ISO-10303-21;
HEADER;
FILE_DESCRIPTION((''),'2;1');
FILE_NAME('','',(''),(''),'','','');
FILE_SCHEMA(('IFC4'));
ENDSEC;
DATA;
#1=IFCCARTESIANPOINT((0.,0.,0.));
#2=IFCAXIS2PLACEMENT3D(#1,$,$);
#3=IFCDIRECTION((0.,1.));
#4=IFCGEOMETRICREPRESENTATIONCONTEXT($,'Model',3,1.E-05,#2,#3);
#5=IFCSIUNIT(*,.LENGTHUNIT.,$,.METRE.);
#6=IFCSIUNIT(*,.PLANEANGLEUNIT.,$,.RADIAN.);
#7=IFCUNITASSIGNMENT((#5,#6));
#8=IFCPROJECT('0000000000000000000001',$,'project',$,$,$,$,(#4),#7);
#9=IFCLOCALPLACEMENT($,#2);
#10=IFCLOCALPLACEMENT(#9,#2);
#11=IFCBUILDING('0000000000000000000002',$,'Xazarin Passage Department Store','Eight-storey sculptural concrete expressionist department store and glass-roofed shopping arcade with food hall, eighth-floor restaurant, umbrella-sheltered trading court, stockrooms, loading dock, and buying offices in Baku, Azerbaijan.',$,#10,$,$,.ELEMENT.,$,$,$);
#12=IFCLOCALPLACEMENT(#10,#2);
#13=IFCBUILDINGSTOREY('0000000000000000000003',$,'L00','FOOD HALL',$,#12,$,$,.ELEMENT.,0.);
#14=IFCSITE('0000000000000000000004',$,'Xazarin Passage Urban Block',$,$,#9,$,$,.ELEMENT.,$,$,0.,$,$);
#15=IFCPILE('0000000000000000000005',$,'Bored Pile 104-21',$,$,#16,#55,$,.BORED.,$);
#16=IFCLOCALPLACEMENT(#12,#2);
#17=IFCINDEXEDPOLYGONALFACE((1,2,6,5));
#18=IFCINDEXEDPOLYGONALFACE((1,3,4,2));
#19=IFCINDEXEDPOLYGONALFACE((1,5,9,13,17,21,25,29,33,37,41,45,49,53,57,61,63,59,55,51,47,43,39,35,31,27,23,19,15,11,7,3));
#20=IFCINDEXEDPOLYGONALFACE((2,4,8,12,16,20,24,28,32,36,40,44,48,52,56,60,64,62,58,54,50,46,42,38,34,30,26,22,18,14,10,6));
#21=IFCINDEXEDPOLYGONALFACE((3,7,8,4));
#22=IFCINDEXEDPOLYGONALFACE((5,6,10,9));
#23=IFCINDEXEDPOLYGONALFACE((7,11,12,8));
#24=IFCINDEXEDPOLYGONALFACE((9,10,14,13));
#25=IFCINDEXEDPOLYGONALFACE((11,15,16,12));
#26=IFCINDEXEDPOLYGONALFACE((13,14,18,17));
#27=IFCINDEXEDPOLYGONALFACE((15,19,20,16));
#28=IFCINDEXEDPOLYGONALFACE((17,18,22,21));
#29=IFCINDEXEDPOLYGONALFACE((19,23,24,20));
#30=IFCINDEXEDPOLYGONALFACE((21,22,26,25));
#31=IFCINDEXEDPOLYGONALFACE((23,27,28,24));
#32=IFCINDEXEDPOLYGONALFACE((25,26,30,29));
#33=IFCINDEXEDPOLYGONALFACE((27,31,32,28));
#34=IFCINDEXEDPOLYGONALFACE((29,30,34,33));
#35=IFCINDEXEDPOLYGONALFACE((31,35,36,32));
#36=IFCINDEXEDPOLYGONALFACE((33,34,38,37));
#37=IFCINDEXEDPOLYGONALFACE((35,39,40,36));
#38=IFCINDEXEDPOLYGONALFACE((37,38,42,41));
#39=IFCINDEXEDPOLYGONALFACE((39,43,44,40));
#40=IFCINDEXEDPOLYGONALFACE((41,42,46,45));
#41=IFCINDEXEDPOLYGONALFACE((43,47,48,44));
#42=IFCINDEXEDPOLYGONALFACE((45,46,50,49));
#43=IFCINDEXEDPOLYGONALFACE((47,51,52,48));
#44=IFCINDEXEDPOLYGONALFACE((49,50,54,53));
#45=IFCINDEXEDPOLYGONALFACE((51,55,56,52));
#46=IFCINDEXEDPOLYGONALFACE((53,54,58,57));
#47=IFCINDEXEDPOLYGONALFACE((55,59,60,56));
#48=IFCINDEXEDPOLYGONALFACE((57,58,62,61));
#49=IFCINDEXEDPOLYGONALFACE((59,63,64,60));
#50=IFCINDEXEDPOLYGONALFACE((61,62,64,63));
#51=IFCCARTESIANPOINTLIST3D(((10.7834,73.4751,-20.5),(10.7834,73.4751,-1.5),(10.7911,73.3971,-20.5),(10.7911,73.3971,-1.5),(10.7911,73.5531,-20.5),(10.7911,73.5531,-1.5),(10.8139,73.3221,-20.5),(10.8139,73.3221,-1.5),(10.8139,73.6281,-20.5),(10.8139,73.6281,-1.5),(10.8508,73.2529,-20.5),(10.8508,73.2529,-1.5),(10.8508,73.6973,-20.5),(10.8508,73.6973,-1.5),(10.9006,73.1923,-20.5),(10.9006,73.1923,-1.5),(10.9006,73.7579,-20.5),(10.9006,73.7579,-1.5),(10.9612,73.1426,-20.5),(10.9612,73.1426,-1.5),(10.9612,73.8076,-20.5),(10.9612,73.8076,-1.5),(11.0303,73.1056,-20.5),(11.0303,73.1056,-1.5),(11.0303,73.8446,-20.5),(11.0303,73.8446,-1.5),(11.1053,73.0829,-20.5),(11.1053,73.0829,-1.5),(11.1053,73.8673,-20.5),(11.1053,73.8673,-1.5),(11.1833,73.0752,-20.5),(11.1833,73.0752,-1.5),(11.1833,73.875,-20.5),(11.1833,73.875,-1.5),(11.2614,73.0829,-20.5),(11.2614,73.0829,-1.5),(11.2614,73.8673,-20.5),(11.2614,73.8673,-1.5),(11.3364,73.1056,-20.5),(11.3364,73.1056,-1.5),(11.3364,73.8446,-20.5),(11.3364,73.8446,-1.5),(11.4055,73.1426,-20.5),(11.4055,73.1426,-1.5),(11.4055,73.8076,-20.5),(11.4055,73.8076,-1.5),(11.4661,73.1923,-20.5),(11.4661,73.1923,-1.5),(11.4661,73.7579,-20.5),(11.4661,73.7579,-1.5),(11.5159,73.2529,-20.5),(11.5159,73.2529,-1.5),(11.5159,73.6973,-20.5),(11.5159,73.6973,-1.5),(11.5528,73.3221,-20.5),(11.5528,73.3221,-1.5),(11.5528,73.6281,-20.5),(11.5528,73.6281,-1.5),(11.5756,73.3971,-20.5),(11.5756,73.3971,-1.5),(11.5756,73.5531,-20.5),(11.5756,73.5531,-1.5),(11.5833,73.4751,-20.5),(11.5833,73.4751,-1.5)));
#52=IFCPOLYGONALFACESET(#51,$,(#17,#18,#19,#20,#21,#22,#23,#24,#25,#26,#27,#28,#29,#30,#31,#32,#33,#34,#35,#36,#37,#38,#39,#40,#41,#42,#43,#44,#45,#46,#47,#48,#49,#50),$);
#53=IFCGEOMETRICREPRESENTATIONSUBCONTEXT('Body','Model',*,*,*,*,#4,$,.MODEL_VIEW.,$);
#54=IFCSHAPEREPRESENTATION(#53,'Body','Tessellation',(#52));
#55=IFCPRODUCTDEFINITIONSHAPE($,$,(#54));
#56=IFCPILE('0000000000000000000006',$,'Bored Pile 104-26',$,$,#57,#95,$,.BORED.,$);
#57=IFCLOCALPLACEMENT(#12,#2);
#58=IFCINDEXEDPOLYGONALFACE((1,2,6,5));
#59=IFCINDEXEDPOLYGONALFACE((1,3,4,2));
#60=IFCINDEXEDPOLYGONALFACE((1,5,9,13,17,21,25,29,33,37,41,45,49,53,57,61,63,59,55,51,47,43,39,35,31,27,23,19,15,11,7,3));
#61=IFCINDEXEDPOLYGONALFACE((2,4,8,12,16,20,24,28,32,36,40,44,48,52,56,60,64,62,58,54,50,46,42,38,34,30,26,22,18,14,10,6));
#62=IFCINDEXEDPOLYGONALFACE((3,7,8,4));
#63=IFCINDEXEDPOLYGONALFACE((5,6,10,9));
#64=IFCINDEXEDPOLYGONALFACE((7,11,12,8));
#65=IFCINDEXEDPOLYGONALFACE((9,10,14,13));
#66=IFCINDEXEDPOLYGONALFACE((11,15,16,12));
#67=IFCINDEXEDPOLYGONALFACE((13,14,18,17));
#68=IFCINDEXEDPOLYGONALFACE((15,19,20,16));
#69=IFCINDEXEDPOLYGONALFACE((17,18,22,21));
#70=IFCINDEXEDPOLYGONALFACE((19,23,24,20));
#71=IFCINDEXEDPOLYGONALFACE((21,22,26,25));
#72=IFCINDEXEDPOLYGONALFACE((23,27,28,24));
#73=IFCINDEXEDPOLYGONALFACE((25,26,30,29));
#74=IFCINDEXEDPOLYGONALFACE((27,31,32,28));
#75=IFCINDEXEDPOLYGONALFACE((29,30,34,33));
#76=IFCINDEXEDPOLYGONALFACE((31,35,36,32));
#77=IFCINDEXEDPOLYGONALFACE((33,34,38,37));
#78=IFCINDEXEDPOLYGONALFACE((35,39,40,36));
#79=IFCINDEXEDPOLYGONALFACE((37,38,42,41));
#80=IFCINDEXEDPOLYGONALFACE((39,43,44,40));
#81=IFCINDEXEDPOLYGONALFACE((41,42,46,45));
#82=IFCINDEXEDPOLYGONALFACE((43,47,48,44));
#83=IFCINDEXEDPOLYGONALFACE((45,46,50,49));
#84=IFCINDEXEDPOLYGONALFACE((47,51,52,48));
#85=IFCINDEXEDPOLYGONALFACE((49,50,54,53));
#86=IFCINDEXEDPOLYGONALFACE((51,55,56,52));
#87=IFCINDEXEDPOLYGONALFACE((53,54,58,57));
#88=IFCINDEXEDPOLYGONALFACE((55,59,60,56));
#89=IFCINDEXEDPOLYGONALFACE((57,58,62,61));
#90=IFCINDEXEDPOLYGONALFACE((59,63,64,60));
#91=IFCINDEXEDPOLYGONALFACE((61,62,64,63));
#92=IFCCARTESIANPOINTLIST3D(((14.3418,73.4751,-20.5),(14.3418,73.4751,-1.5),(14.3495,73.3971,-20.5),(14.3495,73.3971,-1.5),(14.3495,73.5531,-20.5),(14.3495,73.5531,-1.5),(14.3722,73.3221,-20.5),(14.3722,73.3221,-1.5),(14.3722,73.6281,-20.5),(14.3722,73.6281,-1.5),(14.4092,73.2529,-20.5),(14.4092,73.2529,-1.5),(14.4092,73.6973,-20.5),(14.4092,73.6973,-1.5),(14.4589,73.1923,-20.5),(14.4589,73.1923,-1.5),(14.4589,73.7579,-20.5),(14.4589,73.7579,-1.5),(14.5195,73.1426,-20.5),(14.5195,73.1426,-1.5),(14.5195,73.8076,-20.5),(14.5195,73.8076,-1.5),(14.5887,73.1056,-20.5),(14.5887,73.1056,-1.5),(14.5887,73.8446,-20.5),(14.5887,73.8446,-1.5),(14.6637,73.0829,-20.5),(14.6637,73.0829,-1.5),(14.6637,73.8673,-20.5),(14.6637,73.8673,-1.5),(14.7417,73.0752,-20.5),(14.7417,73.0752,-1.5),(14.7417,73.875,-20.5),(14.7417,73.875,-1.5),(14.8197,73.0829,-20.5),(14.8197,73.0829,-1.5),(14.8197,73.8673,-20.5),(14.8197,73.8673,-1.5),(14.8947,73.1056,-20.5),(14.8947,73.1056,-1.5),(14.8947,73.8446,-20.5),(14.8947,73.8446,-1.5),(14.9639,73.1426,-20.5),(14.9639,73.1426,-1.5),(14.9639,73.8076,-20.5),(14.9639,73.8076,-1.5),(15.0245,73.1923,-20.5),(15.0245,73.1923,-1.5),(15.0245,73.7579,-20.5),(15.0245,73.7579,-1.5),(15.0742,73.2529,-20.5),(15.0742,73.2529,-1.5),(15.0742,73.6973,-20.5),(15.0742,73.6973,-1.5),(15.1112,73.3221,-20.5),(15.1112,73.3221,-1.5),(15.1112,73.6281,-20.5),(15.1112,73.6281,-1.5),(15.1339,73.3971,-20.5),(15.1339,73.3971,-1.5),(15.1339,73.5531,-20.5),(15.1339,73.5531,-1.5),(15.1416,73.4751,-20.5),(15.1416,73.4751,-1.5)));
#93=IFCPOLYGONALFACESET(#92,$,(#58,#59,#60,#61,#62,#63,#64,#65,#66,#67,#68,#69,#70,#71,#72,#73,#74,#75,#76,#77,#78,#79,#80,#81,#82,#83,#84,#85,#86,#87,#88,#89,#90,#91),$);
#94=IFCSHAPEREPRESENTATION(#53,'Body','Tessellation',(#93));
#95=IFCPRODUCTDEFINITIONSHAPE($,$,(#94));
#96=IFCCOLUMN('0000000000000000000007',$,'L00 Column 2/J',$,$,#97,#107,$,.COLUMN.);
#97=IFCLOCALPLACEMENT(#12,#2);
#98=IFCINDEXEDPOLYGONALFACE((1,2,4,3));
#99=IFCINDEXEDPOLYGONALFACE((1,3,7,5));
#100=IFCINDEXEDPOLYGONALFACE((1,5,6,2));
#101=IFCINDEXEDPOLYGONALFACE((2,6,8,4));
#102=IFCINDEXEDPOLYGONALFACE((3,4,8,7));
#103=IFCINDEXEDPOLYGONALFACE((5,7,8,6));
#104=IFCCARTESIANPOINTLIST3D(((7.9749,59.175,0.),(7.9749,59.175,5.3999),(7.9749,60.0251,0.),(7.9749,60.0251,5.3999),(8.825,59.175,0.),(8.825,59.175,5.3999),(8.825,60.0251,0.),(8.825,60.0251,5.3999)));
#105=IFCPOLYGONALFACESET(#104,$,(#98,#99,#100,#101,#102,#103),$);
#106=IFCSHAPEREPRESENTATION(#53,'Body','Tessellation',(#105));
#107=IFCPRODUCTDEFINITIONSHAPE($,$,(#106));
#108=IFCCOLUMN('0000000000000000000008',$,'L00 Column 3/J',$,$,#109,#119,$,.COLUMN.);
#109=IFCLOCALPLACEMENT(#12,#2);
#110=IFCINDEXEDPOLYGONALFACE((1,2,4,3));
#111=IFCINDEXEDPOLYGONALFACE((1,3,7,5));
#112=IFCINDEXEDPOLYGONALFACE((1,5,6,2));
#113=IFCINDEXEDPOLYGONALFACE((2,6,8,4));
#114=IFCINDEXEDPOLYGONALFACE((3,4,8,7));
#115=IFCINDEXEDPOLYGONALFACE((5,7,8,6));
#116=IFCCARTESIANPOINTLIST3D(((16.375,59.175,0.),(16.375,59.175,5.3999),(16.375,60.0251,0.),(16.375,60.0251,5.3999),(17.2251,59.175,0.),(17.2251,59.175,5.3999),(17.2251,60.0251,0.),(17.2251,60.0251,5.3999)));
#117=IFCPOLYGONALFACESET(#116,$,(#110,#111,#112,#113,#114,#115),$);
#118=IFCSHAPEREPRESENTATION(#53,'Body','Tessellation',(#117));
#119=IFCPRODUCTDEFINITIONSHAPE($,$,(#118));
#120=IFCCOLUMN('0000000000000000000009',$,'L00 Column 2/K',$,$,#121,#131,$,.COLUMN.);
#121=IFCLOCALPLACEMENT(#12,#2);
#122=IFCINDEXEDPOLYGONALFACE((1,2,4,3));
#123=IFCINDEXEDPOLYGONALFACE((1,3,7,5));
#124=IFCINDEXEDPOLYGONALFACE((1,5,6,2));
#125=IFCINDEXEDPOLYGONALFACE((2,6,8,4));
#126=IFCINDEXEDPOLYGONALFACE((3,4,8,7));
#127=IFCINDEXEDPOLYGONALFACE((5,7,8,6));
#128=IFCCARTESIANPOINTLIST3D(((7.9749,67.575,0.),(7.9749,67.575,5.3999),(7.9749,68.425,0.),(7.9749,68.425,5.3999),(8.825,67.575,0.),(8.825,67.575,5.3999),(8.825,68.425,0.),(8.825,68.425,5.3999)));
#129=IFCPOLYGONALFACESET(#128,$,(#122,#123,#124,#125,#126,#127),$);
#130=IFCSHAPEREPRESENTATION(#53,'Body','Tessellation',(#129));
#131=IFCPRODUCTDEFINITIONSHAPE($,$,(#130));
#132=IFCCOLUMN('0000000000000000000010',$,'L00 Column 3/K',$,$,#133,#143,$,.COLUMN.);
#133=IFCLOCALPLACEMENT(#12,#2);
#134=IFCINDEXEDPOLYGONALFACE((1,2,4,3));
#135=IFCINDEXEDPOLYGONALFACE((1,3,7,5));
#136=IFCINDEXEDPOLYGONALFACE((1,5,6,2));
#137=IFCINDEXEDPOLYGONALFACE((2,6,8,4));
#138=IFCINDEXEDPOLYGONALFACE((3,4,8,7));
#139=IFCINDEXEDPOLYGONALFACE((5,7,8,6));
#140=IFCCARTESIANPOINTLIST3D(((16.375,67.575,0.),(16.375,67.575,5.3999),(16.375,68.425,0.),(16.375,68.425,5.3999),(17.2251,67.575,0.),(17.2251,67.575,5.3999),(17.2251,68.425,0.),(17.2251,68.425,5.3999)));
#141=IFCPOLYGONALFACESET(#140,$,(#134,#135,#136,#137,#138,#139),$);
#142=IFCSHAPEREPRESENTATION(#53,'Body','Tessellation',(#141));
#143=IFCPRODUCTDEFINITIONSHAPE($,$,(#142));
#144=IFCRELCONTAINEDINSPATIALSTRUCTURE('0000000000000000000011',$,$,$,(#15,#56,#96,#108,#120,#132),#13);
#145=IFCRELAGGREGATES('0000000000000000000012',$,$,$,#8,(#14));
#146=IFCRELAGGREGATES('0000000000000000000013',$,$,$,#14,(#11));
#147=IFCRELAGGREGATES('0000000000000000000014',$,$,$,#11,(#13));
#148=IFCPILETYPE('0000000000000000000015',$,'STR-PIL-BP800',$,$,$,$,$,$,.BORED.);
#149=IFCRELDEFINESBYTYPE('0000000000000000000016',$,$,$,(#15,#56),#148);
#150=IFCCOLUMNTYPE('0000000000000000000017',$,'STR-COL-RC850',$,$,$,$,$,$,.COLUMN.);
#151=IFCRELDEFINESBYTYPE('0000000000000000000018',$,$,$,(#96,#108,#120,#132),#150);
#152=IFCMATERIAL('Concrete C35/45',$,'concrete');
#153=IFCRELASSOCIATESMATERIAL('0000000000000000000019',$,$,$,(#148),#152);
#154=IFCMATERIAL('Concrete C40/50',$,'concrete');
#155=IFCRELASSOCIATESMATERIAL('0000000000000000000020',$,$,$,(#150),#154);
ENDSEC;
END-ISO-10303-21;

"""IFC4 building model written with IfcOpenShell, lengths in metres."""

from ifc_helpers import new_model, si_unit, direction, frame, origin, origin_2d, place, context, subcontext, project, spatial, rectangle, circle, extrude, material, material_profile, profile_set, type_object, element, save


model = new_model("IFC4")

# Units and contexts
model_context = context("Model", 3, precision=1e-05, world=origin(), true_north=direction((0.0, 1.0)))
body_context = subcontext(model_context, "Body", "Model", "MODEL_VIEW")
ifc_project = project(units=[si_unit("LENGTHUNIT", "METRE"), si_unit("PLANEANGLEUNIT", "RADIAN")], contexts=[model_context])

# Site, building, storey
site_placement = place(None, origin())
site = spatial("IfcSite", under=ifc_project, at=site_placement, Name="Xazarin Passage Urban Block", CompositionType="ELEMENT", RefElevation=0.0)
building_placement = place(site_placement, origin())
building = spatial("IfcBuilding", under=site, at=building_placement, Name="Xazarin Passage Department Store", Description="Eight-storey sculptural concrete expressionist department store and glass-roofed shopping arcade with food hall, eighth-floor restaurant, umbrella-sheltered trading court, stockrooms, loading dock, and buying offices in Baku, Azerbaijan.", CompositionType="ELEMENT")
storey_placement = place(building_placement, origin())
storey = spatial("IfcBuildingStorey", under=building, at=storey_placement, Name="L00", Description="FOOD HALL", CompositionType="ELEMENT", Elevation=0.0)

# Shared definitions
ifc_material_1 = material(Name="Concrete C35/45", Category="concrete")

# Piles
ifc_material_profile_1 = material_profile(ifc_material_1, circle(Radius=0.3999, at=origin_2d()), Name="BP 800")
ifc_profile_set_1 = profile_set([ifc_material_profile_1], Name="Concrete C35/45")
pile_type_1 = type_object("IfcPileType", Name="STR-PIL-BP800", PredefinedType="BORED", material=ifc_profile_set_1)
for number, where, z_axis, x_axis, name in (
    (1, (11.1833, 73.4751, -1.5), (0.0, 0.0, -1.0), (1.0, 0.0, 0.0), "Bored Pile 104-21"),
    (2, (14.7417, 73.4751, -1.5), (0.0, 0.0, -1.0), (1.0, 0.0, 0.0), "Bored Pile 104-26"),
):
    element("IfcPile", number, at=place(storey_placement, frame(where, z_axis=z_axis, x_axis=x_axis)), inside=storey, type_object=pile_type_1, Name=name, PredefinedType="BORED", context=body_context, shape_type="SweptSolid", body=[
        extrude(circle(Radius=0.3999, at=origin_2d()), origin(), (0.0, 0.0, 1.0), 19.0),
    ])

# Columns
ifc_material_2 = material(Name="Concrete C40/50", Category="concrete")
ifc_material_profile_2 = material_profile(ifc_material_2, rectangle(XDim=0.8501, YDim=0.8501, at=origin_2d()), Name="RC 850x850")
ifc_profile_set_2 = profile_set([ifc_material_profile_2], Name="Concrete C40/50")
column_type = type_object("IfcColumnType", Name="STR-COL-RC850", PredefinedType="COLUMN", material=ifc_profile_set_2)
for number, where, z_axis, x_axis, name in (
    (3, (8.3999, 59.6001, 0.0), (0.0, 0.0, 1.0), (1.0, 0.0, 0.0), "L00 Column 2/J"),
    (4, (16.8, 59.6001, 0.0), (0.0, 0.0, 1.0), (1.0, 0.0, 0.0), "L00 Column 3/J"),
    (5, (8.3999, 68.0, 0.0), (0.0, 0.0, 1.0), (1.0, 0.0, 0.0), "L00 Column 2/K"),
    (6, (16.8, 68.0, 0.0), (0.0, 0.0, 1.0), (1.0, 0.0, 0.0), "L00 Column 3/K"),
):
    element("IfcColumn", number, at=place(storey_placement, frame(where, z_axis=z_axis, x_axis=x_axis)), inside=storey, type_object=column_type, Name=name, PredefinedType="COLUMN", context=body_context, shape_type="SweptSolid", body=[
        extrude(rectangle(XDim=0.8501, YDim=0.8501, at=origin_2d()), origin(), (0.0, 0.0, 1.0), 5.3999),
    ])

save(model, "model.ifc")
